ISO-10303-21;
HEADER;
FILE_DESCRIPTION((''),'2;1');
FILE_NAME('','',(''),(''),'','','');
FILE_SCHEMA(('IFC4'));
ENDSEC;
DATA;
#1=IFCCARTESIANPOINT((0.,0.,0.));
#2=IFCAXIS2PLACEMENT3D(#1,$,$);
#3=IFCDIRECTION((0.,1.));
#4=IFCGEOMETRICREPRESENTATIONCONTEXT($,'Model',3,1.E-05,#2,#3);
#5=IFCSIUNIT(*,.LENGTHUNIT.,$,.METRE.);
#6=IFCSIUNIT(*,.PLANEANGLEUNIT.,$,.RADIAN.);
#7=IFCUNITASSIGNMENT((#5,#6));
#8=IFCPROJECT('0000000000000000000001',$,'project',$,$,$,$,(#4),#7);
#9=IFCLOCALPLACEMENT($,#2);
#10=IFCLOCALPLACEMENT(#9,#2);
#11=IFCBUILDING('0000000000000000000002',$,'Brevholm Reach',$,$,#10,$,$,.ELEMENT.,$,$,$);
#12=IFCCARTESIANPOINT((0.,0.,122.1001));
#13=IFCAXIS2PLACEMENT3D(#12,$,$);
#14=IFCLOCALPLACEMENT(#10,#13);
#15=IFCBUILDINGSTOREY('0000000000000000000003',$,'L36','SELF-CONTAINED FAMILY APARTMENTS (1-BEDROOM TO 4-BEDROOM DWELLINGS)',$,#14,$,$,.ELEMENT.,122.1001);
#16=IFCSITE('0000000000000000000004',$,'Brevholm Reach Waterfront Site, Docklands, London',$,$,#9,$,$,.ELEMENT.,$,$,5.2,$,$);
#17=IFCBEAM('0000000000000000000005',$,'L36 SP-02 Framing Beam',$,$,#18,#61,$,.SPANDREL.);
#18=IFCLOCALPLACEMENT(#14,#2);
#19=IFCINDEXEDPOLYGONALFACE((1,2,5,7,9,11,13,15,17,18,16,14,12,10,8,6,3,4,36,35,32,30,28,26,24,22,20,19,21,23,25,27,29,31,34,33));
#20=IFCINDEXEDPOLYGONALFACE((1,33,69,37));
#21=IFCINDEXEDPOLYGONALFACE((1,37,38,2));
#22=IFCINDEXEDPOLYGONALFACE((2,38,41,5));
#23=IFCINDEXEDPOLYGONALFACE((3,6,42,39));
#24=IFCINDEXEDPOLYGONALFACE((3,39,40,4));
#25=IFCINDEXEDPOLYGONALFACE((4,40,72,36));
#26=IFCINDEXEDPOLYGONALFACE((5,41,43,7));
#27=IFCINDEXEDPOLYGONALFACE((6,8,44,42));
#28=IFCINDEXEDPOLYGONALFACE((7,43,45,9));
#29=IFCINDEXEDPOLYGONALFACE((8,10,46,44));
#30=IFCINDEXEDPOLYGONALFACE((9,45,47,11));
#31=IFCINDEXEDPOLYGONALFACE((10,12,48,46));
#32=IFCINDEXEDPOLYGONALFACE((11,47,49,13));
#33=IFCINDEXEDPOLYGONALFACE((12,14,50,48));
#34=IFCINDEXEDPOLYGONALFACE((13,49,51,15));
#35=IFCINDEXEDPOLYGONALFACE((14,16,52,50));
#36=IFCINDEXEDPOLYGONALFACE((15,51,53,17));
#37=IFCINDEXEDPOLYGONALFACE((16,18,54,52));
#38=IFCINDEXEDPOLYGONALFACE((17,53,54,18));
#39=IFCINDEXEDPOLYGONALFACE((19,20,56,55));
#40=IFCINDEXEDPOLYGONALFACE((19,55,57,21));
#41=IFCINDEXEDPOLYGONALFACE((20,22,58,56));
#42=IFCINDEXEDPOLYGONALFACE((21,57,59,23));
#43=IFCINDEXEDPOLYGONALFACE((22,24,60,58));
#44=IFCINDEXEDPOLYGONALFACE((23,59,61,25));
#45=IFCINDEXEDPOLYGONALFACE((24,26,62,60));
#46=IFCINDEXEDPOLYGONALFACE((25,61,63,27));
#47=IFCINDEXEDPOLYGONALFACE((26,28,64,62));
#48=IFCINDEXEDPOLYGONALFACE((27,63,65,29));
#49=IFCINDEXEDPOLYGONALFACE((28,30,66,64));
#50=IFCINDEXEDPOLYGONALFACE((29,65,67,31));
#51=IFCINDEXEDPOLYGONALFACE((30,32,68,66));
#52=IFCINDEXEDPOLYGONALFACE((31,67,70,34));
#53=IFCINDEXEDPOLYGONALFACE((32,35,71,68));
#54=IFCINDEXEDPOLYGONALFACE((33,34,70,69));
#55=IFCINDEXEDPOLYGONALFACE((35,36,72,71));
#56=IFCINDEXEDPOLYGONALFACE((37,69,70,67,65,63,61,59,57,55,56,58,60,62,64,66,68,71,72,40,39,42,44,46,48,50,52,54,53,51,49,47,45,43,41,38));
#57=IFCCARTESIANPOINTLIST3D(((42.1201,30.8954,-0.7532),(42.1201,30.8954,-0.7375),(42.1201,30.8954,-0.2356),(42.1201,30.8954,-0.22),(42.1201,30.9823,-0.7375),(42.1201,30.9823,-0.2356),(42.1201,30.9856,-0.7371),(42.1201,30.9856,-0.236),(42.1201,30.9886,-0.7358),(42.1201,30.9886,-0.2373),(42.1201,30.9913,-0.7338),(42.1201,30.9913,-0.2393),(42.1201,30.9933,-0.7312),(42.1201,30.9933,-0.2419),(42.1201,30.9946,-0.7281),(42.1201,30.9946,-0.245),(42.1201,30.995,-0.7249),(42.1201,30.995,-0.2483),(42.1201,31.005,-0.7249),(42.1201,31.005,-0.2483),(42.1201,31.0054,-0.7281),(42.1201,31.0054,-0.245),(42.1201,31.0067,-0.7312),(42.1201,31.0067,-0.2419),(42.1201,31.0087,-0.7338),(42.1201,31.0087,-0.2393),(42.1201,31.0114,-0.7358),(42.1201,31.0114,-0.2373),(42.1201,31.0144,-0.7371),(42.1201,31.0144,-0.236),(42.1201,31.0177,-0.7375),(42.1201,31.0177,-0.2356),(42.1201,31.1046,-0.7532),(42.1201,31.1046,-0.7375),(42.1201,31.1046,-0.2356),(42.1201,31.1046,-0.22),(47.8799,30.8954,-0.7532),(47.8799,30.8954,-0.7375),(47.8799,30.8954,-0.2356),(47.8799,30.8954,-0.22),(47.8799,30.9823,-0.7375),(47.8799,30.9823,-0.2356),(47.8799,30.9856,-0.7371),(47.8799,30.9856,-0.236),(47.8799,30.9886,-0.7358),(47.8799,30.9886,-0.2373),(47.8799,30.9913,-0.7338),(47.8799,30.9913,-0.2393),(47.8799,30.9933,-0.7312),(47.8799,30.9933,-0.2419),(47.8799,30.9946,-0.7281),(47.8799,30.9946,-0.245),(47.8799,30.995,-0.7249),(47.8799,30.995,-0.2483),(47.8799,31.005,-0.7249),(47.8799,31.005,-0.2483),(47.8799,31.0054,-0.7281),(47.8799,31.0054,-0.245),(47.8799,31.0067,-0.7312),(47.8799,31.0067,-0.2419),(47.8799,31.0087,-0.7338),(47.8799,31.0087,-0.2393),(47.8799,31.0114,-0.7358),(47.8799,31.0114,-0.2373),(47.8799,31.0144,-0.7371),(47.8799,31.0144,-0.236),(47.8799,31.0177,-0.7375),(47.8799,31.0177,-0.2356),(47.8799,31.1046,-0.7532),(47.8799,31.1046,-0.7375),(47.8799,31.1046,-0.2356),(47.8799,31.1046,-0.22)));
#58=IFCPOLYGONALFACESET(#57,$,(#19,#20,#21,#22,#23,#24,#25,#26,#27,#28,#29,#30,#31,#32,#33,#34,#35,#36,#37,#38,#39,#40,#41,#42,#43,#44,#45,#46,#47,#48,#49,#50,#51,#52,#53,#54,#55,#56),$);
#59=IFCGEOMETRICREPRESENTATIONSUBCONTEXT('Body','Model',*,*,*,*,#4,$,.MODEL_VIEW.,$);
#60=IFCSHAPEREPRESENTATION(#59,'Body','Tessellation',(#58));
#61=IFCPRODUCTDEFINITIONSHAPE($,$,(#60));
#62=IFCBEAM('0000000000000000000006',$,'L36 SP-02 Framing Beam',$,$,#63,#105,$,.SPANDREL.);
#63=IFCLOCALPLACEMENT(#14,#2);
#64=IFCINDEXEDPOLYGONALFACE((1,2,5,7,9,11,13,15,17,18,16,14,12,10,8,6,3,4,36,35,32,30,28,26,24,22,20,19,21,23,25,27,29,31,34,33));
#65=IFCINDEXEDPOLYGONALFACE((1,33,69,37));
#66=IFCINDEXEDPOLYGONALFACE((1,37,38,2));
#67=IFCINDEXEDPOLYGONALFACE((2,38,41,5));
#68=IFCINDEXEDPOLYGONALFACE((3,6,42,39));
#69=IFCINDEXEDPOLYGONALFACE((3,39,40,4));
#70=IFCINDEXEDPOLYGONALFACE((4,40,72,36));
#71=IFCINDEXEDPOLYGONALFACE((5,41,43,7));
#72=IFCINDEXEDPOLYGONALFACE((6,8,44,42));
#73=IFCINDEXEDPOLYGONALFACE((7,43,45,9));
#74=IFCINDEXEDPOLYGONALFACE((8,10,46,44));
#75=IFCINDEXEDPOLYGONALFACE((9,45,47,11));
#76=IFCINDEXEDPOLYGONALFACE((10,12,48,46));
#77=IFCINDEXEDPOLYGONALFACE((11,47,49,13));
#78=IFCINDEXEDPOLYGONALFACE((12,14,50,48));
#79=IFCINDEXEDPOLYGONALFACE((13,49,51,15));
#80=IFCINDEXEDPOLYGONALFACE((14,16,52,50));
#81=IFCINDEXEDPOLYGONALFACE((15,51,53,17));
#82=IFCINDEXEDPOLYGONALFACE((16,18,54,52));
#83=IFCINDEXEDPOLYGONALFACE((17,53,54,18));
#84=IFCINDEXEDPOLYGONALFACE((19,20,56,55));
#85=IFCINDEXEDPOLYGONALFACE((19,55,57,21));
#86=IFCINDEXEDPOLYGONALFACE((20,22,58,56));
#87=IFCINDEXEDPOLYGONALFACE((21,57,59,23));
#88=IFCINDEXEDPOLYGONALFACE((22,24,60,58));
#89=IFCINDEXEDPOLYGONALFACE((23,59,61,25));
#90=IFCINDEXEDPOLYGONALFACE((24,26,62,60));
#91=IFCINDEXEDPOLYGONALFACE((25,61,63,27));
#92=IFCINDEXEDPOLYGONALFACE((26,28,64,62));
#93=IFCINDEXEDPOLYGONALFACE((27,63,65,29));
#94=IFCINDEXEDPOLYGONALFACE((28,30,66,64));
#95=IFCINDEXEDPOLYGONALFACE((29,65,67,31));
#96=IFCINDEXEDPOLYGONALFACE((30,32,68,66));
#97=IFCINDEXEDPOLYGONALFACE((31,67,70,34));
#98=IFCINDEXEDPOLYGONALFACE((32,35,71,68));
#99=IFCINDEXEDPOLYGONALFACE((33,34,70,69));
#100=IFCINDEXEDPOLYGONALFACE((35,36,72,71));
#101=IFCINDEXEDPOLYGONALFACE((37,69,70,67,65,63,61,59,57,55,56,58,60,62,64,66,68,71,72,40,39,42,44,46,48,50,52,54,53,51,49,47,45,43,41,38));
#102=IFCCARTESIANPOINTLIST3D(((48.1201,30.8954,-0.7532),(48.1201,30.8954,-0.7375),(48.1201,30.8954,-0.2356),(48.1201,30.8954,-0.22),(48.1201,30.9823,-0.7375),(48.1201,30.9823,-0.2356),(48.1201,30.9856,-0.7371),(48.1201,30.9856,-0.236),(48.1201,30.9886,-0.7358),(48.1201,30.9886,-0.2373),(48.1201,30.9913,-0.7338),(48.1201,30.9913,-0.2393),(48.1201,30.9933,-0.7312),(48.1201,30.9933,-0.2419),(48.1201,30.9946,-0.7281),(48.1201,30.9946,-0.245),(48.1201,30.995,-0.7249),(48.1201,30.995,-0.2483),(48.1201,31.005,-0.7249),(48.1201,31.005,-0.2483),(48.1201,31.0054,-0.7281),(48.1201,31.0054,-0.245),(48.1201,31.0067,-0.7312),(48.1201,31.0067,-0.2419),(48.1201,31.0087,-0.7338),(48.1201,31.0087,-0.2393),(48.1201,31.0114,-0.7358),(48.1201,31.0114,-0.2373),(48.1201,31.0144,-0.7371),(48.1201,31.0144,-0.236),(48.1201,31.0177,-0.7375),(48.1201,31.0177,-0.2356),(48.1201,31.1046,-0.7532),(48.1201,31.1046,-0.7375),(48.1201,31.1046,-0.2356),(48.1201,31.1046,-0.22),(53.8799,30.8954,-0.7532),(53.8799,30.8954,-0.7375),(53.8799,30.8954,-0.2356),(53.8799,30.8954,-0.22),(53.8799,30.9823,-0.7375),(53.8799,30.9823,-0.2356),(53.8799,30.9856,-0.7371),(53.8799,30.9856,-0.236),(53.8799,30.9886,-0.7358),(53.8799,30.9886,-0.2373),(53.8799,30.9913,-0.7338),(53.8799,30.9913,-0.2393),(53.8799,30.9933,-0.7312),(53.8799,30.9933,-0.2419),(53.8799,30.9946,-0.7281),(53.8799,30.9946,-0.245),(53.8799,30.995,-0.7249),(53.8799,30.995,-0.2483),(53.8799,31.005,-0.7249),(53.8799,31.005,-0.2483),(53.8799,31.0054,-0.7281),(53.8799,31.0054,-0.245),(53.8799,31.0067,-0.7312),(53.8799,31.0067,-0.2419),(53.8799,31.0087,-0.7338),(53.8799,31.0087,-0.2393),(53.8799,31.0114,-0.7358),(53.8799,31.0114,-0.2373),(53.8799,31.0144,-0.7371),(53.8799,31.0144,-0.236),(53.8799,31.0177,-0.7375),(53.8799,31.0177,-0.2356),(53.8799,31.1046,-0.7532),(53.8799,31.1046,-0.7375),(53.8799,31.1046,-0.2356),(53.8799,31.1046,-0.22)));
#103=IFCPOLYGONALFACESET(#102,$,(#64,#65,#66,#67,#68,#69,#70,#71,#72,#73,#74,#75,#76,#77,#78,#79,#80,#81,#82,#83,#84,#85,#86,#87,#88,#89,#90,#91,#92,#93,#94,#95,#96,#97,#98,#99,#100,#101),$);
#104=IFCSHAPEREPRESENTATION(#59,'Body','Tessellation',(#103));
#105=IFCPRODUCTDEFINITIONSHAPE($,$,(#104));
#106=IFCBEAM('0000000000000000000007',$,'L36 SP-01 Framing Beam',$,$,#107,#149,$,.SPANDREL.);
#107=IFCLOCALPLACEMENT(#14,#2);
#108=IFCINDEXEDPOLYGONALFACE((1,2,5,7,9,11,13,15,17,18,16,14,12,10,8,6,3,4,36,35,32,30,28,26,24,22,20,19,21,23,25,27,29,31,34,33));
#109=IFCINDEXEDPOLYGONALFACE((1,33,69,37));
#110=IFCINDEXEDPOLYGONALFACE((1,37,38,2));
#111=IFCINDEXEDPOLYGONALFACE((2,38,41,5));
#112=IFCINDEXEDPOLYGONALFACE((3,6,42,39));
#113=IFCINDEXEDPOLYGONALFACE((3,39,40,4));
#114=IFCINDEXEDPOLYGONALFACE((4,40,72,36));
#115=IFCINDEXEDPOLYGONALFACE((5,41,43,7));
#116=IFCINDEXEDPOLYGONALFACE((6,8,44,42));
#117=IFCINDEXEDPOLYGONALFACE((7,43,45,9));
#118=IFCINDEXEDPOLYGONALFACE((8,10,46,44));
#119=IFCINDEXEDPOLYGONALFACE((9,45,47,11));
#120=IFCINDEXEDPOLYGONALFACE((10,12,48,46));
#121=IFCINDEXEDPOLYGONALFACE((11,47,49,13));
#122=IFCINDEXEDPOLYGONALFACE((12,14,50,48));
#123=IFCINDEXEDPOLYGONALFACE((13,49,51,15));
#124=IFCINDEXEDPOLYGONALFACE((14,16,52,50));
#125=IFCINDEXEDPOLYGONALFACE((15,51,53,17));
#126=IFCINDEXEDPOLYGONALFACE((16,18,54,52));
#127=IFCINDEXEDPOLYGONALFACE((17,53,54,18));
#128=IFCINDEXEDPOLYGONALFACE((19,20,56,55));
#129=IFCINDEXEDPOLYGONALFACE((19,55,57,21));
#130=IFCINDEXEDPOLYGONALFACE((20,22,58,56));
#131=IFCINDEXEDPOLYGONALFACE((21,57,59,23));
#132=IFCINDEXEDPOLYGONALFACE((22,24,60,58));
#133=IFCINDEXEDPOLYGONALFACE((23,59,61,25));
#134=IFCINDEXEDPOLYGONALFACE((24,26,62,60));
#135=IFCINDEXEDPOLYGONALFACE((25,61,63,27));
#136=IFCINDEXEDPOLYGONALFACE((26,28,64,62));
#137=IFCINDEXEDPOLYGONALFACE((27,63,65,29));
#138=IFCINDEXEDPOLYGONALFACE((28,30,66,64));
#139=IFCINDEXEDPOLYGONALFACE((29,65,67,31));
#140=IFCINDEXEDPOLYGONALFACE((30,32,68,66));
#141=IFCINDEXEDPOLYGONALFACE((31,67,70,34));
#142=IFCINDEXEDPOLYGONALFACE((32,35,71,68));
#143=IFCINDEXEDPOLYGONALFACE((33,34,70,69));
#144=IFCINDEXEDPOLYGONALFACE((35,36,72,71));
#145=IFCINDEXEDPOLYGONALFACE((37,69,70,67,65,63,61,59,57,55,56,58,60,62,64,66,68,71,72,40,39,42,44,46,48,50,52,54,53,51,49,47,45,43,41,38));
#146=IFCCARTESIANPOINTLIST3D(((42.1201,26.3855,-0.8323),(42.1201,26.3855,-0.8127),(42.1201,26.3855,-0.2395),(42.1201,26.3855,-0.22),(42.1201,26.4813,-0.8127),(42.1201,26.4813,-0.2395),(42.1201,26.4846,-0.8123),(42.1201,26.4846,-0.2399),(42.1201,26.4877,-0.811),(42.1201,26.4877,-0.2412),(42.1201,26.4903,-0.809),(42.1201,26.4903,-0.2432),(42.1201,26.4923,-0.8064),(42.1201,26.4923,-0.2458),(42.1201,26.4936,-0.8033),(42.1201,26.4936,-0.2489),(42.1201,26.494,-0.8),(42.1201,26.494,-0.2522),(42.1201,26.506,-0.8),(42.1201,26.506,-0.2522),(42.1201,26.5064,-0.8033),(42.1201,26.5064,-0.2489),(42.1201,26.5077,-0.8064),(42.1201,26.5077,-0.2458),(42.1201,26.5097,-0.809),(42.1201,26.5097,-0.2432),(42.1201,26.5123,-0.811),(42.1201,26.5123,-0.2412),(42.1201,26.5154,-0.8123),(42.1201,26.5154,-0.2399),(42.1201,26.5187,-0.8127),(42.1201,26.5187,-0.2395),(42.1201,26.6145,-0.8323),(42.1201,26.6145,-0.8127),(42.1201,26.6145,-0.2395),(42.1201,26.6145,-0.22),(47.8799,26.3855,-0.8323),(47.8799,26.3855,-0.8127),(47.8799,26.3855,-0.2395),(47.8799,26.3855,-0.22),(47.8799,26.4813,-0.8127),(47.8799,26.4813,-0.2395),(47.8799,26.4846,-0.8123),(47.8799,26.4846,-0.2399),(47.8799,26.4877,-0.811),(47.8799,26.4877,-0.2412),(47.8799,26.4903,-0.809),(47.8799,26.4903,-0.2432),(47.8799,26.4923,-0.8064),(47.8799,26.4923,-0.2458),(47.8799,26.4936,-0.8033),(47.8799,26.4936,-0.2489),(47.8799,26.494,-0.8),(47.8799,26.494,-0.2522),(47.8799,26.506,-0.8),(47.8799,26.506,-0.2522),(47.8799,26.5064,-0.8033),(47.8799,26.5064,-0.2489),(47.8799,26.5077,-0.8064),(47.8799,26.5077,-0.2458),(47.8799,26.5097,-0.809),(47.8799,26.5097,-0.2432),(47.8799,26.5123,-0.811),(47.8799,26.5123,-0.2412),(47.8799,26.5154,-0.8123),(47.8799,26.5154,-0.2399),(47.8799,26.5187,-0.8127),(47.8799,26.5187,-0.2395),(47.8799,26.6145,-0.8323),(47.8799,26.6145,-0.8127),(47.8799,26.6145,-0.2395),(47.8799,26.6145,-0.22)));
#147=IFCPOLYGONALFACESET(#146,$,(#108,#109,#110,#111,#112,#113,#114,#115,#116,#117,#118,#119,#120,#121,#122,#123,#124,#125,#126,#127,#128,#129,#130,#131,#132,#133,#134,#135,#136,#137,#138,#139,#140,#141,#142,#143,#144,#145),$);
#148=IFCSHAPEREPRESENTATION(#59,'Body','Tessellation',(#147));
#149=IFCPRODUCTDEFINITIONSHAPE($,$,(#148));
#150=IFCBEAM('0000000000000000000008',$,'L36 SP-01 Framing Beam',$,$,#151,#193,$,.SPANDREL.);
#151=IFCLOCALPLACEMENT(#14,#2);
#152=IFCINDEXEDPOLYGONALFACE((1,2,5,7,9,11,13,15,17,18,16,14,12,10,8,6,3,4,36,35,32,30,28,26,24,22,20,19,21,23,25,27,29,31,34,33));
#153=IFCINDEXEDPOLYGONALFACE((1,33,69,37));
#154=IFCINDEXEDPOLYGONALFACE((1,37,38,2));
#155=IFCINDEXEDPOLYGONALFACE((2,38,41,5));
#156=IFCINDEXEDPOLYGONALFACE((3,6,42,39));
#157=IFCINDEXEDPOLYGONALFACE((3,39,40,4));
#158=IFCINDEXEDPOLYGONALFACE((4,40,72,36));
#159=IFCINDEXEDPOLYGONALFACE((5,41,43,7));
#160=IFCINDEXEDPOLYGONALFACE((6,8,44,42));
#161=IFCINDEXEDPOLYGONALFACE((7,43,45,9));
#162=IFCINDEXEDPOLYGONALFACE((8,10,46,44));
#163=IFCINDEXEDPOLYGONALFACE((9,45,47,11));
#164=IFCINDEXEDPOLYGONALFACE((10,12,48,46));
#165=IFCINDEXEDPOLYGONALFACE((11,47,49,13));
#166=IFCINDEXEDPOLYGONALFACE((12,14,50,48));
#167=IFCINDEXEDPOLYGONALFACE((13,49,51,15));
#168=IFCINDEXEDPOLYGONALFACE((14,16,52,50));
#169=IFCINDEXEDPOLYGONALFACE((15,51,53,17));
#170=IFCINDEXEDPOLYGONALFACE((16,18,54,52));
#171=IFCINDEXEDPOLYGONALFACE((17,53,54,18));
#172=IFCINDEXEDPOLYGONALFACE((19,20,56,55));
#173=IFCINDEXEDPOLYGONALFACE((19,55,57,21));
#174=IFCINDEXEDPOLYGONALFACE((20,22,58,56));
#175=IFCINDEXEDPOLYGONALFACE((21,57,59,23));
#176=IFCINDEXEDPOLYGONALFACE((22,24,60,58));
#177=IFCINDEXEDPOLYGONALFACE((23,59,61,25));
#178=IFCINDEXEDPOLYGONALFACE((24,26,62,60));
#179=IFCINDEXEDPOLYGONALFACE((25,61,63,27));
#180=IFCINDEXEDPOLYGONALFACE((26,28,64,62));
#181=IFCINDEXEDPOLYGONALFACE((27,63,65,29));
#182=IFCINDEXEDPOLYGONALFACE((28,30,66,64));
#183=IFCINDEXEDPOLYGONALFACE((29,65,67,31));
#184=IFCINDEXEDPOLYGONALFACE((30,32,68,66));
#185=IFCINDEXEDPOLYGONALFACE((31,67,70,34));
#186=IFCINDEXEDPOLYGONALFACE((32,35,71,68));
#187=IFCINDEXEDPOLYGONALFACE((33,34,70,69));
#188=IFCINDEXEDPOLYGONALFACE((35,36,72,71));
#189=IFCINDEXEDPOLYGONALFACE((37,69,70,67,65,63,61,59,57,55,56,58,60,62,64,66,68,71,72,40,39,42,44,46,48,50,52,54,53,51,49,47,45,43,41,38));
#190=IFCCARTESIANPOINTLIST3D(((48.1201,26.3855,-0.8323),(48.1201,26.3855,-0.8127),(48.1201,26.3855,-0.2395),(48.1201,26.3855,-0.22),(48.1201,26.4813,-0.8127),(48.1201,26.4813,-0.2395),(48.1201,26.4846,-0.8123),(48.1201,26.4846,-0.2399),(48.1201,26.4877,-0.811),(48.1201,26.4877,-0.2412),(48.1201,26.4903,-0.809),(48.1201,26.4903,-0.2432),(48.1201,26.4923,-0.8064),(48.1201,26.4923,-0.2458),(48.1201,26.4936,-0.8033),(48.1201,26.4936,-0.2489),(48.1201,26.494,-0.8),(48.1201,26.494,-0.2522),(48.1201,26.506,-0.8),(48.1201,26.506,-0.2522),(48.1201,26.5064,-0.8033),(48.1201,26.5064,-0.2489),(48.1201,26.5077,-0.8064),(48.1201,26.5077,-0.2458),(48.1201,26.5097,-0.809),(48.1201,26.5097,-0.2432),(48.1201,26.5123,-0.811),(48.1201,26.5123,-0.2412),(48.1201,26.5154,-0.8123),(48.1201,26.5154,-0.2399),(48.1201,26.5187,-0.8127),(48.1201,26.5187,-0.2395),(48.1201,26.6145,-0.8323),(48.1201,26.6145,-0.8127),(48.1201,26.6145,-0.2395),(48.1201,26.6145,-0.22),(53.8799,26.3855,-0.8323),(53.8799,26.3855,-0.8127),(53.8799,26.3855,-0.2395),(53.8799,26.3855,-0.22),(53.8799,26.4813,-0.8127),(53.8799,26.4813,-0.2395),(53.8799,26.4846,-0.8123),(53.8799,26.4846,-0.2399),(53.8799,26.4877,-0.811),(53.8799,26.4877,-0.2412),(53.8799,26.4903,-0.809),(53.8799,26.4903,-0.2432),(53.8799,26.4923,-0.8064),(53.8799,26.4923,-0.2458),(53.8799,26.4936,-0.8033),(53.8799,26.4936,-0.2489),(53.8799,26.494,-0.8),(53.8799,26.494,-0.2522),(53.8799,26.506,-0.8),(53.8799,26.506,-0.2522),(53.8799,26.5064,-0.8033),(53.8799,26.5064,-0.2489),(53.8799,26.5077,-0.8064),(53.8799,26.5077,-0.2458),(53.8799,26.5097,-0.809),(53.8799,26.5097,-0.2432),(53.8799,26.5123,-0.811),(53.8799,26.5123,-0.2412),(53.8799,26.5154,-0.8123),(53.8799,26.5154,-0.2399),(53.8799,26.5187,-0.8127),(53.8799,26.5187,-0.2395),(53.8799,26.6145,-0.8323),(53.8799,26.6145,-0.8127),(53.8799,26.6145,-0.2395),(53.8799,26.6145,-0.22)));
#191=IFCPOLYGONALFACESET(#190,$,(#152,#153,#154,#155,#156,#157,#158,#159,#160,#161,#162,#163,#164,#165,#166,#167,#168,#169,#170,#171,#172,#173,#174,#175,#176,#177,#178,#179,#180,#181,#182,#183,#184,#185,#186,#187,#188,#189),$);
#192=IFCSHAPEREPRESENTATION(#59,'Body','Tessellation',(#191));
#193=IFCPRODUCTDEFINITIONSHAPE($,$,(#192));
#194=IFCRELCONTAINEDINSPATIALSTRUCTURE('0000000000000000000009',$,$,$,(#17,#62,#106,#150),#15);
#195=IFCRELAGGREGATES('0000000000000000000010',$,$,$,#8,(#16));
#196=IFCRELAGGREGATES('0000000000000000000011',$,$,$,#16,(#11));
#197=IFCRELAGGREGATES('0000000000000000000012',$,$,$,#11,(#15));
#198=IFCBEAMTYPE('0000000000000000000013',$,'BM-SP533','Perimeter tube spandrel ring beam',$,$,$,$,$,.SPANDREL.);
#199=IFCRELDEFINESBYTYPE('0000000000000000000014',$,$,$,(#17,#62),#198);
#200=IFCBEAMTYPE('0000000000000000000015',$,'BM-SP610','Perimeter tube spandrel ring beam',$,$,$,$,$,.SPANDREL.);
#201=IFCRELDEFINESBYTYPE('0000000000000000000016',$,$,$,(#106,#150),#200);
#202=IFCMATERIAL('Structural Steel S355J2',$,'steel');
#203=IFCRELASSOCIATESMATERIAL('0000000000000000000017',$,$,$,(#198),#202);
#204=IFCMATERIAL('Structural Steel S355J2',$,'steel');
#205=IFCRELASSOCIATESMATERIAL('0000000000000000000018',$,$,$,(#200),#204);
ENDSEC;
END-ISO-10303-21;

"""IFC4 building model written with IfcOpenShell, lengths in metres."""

from ifc_helpers import new_model, si_unit, direction, frame, origin, origin_2d, place, context, subcontext, project, spatial, i_section, extrude, material, material_profile, profile_set, type_object, element, save


model = new_model("IFC4")

# Units and contexts
model_context = context("Model", 3, precision=1e-05, world=origin(), true_north=direction((0.0, 1.0)))
body_context = subcontext(model_context, "Body", "Model", "MODEL_VIEW")
ifc_project = project(units=[si_unit("LENGTHUNIT", "METRE"), si_unit("PLANEANGLEUNIT", "RADIAN")], contexts=[model_context])

# Site, building, storey
site_placement = place(None, origin())
site = spatial("IfcSite", under=ifc_project, at=site_placement, Name="Brevholm Reach Waterfront Site, Docklands, London", CompositionType="ELEMENT", RefElevation=5.2)
building_placement = place(site_placement, origin())
building = spatial("IfcBuilding", under=site, at=building_placement, Name="Brevholm Reach", CompositionType="ELEMENT")
storey_placement = place(building_placement, frame((0.0, 0.0, 122.1001)))
storey = spatial("IfcBuildingStorey", under=building, at=storey_placement, Name="L36", Description="SELF-CONTAINED FAMILY APARTMENTS (1-BEDROOM TO 4-BEDROOM DWELLINGS)", CompositionType="ELEMENT", Elevation=122.1001)

# Beams
ifc_material_1 = material(Name="Structural Steel S355J2", Category="steel")
ifc_material_profile_1 = material_profile(ifc_material_1, i_section(OverallWidth=0.2092, OverallDepth=0.5332, WebThickness=0.01, FlangeThickness=0.0156, FilletRadius=0.0127, at=origin_2d()), Name="UKB 533x210x92")
ifc_profile_set_1 = profile_set([ifc_material_profile_1], Name="Structural Steel S355J2")
beam_type_1 = type_object("IfcBeamType", Name="BM-SP533", Description="Perimeter tube spandrel ring beam", PredefinedType="SPANDREL", material=ifc_profile_set_1)
for number, where, z_axis, x_axis, name in (
    (1, (42.1201, 31.0, -0.4866), (1.0, 0.0, 0.0), (0.0, 1.0, 0.0), "L36 SP-02 Framing Beam"),
    (2, (48.1201, 31.0, -0.4866), (1.0, 0.0, 0.0), (0.0, 1.0, 0.0), "L36 SP-02 Framing Beam"),
):
    element("IfcBeam", number, at=place(storey_placement, frame(where, z_axis=z_axis, x_axis=x_axis)), inside=storey, type_object=beam_type_1, Name=name, PredefinedType="SPANDREL", context=body_context, shape_type="SweptSolid", body=[
        extrude(i_section(OverallWidth=0.2092, OverallDepth=0.5332, WebThickness=0.01, FlangeThickness=0.0156, FilletRadius=0.0127, at=origin_2d()), origin(), (0.0, 0.0, 1.0), 5.7598),
    ])
ifc_material_2 = material(Name="Structural Steel S355J2", Category="steel")
ifc_material_profile_2 = material_profile(ifc_material_2, i_section(OverallWidth=0.229, OverallDepth=0.6123, WebThickness=0.012, FlangeThickness=0.0195, FilletRadius=0.0127, at=origin_2d()), Name="UKB 610x229x125")
ifc_profile_set_2 = profile_set([ifc_material_profile_2], Name="Structural Steel S355J2")
beam_type_2 = type_object("IfcBeamType", Name="BM-SP610", Description="Perimeter tube spandrel ring beam", PredefinedType="SPANDREL", material=ifc_profile_set_2)
for number, where, z_axis, x_axis, name in (
    (3, (42.1201, 26.5, -0.5261), (1.0, 0.0, 0.0), (0.0, 1.0, 0.0), "L36 SP-01 Framing Beam"),
    (4, (48.1201, 26.5, -0.5261), (1.0, 0.0, 0.0), (0.0, 1.0, 0.0), "L36 SP-01 Framing Beam"),
):
    element("IfcBeam", number, at=place(storey_placement, frame(where, z_axis=z_axis, x_axis=x_axis)), inside=storey, type_object=beam_type_2, Name=name, PredefinedType="SPANDREL", context=body_context, shape_type="SweptSolid", body=[
        extrude(i_section(OverallWidth=0.229, OverallDepth=0.6123, WebThickness=0.012, FlangeThickness=0.0195, FilletRadius=0.0127, at=origin_2d()), origin(), (0.0, 0.0, 1.0), 5.7598),
    ])

save(model, "model.ifc")
